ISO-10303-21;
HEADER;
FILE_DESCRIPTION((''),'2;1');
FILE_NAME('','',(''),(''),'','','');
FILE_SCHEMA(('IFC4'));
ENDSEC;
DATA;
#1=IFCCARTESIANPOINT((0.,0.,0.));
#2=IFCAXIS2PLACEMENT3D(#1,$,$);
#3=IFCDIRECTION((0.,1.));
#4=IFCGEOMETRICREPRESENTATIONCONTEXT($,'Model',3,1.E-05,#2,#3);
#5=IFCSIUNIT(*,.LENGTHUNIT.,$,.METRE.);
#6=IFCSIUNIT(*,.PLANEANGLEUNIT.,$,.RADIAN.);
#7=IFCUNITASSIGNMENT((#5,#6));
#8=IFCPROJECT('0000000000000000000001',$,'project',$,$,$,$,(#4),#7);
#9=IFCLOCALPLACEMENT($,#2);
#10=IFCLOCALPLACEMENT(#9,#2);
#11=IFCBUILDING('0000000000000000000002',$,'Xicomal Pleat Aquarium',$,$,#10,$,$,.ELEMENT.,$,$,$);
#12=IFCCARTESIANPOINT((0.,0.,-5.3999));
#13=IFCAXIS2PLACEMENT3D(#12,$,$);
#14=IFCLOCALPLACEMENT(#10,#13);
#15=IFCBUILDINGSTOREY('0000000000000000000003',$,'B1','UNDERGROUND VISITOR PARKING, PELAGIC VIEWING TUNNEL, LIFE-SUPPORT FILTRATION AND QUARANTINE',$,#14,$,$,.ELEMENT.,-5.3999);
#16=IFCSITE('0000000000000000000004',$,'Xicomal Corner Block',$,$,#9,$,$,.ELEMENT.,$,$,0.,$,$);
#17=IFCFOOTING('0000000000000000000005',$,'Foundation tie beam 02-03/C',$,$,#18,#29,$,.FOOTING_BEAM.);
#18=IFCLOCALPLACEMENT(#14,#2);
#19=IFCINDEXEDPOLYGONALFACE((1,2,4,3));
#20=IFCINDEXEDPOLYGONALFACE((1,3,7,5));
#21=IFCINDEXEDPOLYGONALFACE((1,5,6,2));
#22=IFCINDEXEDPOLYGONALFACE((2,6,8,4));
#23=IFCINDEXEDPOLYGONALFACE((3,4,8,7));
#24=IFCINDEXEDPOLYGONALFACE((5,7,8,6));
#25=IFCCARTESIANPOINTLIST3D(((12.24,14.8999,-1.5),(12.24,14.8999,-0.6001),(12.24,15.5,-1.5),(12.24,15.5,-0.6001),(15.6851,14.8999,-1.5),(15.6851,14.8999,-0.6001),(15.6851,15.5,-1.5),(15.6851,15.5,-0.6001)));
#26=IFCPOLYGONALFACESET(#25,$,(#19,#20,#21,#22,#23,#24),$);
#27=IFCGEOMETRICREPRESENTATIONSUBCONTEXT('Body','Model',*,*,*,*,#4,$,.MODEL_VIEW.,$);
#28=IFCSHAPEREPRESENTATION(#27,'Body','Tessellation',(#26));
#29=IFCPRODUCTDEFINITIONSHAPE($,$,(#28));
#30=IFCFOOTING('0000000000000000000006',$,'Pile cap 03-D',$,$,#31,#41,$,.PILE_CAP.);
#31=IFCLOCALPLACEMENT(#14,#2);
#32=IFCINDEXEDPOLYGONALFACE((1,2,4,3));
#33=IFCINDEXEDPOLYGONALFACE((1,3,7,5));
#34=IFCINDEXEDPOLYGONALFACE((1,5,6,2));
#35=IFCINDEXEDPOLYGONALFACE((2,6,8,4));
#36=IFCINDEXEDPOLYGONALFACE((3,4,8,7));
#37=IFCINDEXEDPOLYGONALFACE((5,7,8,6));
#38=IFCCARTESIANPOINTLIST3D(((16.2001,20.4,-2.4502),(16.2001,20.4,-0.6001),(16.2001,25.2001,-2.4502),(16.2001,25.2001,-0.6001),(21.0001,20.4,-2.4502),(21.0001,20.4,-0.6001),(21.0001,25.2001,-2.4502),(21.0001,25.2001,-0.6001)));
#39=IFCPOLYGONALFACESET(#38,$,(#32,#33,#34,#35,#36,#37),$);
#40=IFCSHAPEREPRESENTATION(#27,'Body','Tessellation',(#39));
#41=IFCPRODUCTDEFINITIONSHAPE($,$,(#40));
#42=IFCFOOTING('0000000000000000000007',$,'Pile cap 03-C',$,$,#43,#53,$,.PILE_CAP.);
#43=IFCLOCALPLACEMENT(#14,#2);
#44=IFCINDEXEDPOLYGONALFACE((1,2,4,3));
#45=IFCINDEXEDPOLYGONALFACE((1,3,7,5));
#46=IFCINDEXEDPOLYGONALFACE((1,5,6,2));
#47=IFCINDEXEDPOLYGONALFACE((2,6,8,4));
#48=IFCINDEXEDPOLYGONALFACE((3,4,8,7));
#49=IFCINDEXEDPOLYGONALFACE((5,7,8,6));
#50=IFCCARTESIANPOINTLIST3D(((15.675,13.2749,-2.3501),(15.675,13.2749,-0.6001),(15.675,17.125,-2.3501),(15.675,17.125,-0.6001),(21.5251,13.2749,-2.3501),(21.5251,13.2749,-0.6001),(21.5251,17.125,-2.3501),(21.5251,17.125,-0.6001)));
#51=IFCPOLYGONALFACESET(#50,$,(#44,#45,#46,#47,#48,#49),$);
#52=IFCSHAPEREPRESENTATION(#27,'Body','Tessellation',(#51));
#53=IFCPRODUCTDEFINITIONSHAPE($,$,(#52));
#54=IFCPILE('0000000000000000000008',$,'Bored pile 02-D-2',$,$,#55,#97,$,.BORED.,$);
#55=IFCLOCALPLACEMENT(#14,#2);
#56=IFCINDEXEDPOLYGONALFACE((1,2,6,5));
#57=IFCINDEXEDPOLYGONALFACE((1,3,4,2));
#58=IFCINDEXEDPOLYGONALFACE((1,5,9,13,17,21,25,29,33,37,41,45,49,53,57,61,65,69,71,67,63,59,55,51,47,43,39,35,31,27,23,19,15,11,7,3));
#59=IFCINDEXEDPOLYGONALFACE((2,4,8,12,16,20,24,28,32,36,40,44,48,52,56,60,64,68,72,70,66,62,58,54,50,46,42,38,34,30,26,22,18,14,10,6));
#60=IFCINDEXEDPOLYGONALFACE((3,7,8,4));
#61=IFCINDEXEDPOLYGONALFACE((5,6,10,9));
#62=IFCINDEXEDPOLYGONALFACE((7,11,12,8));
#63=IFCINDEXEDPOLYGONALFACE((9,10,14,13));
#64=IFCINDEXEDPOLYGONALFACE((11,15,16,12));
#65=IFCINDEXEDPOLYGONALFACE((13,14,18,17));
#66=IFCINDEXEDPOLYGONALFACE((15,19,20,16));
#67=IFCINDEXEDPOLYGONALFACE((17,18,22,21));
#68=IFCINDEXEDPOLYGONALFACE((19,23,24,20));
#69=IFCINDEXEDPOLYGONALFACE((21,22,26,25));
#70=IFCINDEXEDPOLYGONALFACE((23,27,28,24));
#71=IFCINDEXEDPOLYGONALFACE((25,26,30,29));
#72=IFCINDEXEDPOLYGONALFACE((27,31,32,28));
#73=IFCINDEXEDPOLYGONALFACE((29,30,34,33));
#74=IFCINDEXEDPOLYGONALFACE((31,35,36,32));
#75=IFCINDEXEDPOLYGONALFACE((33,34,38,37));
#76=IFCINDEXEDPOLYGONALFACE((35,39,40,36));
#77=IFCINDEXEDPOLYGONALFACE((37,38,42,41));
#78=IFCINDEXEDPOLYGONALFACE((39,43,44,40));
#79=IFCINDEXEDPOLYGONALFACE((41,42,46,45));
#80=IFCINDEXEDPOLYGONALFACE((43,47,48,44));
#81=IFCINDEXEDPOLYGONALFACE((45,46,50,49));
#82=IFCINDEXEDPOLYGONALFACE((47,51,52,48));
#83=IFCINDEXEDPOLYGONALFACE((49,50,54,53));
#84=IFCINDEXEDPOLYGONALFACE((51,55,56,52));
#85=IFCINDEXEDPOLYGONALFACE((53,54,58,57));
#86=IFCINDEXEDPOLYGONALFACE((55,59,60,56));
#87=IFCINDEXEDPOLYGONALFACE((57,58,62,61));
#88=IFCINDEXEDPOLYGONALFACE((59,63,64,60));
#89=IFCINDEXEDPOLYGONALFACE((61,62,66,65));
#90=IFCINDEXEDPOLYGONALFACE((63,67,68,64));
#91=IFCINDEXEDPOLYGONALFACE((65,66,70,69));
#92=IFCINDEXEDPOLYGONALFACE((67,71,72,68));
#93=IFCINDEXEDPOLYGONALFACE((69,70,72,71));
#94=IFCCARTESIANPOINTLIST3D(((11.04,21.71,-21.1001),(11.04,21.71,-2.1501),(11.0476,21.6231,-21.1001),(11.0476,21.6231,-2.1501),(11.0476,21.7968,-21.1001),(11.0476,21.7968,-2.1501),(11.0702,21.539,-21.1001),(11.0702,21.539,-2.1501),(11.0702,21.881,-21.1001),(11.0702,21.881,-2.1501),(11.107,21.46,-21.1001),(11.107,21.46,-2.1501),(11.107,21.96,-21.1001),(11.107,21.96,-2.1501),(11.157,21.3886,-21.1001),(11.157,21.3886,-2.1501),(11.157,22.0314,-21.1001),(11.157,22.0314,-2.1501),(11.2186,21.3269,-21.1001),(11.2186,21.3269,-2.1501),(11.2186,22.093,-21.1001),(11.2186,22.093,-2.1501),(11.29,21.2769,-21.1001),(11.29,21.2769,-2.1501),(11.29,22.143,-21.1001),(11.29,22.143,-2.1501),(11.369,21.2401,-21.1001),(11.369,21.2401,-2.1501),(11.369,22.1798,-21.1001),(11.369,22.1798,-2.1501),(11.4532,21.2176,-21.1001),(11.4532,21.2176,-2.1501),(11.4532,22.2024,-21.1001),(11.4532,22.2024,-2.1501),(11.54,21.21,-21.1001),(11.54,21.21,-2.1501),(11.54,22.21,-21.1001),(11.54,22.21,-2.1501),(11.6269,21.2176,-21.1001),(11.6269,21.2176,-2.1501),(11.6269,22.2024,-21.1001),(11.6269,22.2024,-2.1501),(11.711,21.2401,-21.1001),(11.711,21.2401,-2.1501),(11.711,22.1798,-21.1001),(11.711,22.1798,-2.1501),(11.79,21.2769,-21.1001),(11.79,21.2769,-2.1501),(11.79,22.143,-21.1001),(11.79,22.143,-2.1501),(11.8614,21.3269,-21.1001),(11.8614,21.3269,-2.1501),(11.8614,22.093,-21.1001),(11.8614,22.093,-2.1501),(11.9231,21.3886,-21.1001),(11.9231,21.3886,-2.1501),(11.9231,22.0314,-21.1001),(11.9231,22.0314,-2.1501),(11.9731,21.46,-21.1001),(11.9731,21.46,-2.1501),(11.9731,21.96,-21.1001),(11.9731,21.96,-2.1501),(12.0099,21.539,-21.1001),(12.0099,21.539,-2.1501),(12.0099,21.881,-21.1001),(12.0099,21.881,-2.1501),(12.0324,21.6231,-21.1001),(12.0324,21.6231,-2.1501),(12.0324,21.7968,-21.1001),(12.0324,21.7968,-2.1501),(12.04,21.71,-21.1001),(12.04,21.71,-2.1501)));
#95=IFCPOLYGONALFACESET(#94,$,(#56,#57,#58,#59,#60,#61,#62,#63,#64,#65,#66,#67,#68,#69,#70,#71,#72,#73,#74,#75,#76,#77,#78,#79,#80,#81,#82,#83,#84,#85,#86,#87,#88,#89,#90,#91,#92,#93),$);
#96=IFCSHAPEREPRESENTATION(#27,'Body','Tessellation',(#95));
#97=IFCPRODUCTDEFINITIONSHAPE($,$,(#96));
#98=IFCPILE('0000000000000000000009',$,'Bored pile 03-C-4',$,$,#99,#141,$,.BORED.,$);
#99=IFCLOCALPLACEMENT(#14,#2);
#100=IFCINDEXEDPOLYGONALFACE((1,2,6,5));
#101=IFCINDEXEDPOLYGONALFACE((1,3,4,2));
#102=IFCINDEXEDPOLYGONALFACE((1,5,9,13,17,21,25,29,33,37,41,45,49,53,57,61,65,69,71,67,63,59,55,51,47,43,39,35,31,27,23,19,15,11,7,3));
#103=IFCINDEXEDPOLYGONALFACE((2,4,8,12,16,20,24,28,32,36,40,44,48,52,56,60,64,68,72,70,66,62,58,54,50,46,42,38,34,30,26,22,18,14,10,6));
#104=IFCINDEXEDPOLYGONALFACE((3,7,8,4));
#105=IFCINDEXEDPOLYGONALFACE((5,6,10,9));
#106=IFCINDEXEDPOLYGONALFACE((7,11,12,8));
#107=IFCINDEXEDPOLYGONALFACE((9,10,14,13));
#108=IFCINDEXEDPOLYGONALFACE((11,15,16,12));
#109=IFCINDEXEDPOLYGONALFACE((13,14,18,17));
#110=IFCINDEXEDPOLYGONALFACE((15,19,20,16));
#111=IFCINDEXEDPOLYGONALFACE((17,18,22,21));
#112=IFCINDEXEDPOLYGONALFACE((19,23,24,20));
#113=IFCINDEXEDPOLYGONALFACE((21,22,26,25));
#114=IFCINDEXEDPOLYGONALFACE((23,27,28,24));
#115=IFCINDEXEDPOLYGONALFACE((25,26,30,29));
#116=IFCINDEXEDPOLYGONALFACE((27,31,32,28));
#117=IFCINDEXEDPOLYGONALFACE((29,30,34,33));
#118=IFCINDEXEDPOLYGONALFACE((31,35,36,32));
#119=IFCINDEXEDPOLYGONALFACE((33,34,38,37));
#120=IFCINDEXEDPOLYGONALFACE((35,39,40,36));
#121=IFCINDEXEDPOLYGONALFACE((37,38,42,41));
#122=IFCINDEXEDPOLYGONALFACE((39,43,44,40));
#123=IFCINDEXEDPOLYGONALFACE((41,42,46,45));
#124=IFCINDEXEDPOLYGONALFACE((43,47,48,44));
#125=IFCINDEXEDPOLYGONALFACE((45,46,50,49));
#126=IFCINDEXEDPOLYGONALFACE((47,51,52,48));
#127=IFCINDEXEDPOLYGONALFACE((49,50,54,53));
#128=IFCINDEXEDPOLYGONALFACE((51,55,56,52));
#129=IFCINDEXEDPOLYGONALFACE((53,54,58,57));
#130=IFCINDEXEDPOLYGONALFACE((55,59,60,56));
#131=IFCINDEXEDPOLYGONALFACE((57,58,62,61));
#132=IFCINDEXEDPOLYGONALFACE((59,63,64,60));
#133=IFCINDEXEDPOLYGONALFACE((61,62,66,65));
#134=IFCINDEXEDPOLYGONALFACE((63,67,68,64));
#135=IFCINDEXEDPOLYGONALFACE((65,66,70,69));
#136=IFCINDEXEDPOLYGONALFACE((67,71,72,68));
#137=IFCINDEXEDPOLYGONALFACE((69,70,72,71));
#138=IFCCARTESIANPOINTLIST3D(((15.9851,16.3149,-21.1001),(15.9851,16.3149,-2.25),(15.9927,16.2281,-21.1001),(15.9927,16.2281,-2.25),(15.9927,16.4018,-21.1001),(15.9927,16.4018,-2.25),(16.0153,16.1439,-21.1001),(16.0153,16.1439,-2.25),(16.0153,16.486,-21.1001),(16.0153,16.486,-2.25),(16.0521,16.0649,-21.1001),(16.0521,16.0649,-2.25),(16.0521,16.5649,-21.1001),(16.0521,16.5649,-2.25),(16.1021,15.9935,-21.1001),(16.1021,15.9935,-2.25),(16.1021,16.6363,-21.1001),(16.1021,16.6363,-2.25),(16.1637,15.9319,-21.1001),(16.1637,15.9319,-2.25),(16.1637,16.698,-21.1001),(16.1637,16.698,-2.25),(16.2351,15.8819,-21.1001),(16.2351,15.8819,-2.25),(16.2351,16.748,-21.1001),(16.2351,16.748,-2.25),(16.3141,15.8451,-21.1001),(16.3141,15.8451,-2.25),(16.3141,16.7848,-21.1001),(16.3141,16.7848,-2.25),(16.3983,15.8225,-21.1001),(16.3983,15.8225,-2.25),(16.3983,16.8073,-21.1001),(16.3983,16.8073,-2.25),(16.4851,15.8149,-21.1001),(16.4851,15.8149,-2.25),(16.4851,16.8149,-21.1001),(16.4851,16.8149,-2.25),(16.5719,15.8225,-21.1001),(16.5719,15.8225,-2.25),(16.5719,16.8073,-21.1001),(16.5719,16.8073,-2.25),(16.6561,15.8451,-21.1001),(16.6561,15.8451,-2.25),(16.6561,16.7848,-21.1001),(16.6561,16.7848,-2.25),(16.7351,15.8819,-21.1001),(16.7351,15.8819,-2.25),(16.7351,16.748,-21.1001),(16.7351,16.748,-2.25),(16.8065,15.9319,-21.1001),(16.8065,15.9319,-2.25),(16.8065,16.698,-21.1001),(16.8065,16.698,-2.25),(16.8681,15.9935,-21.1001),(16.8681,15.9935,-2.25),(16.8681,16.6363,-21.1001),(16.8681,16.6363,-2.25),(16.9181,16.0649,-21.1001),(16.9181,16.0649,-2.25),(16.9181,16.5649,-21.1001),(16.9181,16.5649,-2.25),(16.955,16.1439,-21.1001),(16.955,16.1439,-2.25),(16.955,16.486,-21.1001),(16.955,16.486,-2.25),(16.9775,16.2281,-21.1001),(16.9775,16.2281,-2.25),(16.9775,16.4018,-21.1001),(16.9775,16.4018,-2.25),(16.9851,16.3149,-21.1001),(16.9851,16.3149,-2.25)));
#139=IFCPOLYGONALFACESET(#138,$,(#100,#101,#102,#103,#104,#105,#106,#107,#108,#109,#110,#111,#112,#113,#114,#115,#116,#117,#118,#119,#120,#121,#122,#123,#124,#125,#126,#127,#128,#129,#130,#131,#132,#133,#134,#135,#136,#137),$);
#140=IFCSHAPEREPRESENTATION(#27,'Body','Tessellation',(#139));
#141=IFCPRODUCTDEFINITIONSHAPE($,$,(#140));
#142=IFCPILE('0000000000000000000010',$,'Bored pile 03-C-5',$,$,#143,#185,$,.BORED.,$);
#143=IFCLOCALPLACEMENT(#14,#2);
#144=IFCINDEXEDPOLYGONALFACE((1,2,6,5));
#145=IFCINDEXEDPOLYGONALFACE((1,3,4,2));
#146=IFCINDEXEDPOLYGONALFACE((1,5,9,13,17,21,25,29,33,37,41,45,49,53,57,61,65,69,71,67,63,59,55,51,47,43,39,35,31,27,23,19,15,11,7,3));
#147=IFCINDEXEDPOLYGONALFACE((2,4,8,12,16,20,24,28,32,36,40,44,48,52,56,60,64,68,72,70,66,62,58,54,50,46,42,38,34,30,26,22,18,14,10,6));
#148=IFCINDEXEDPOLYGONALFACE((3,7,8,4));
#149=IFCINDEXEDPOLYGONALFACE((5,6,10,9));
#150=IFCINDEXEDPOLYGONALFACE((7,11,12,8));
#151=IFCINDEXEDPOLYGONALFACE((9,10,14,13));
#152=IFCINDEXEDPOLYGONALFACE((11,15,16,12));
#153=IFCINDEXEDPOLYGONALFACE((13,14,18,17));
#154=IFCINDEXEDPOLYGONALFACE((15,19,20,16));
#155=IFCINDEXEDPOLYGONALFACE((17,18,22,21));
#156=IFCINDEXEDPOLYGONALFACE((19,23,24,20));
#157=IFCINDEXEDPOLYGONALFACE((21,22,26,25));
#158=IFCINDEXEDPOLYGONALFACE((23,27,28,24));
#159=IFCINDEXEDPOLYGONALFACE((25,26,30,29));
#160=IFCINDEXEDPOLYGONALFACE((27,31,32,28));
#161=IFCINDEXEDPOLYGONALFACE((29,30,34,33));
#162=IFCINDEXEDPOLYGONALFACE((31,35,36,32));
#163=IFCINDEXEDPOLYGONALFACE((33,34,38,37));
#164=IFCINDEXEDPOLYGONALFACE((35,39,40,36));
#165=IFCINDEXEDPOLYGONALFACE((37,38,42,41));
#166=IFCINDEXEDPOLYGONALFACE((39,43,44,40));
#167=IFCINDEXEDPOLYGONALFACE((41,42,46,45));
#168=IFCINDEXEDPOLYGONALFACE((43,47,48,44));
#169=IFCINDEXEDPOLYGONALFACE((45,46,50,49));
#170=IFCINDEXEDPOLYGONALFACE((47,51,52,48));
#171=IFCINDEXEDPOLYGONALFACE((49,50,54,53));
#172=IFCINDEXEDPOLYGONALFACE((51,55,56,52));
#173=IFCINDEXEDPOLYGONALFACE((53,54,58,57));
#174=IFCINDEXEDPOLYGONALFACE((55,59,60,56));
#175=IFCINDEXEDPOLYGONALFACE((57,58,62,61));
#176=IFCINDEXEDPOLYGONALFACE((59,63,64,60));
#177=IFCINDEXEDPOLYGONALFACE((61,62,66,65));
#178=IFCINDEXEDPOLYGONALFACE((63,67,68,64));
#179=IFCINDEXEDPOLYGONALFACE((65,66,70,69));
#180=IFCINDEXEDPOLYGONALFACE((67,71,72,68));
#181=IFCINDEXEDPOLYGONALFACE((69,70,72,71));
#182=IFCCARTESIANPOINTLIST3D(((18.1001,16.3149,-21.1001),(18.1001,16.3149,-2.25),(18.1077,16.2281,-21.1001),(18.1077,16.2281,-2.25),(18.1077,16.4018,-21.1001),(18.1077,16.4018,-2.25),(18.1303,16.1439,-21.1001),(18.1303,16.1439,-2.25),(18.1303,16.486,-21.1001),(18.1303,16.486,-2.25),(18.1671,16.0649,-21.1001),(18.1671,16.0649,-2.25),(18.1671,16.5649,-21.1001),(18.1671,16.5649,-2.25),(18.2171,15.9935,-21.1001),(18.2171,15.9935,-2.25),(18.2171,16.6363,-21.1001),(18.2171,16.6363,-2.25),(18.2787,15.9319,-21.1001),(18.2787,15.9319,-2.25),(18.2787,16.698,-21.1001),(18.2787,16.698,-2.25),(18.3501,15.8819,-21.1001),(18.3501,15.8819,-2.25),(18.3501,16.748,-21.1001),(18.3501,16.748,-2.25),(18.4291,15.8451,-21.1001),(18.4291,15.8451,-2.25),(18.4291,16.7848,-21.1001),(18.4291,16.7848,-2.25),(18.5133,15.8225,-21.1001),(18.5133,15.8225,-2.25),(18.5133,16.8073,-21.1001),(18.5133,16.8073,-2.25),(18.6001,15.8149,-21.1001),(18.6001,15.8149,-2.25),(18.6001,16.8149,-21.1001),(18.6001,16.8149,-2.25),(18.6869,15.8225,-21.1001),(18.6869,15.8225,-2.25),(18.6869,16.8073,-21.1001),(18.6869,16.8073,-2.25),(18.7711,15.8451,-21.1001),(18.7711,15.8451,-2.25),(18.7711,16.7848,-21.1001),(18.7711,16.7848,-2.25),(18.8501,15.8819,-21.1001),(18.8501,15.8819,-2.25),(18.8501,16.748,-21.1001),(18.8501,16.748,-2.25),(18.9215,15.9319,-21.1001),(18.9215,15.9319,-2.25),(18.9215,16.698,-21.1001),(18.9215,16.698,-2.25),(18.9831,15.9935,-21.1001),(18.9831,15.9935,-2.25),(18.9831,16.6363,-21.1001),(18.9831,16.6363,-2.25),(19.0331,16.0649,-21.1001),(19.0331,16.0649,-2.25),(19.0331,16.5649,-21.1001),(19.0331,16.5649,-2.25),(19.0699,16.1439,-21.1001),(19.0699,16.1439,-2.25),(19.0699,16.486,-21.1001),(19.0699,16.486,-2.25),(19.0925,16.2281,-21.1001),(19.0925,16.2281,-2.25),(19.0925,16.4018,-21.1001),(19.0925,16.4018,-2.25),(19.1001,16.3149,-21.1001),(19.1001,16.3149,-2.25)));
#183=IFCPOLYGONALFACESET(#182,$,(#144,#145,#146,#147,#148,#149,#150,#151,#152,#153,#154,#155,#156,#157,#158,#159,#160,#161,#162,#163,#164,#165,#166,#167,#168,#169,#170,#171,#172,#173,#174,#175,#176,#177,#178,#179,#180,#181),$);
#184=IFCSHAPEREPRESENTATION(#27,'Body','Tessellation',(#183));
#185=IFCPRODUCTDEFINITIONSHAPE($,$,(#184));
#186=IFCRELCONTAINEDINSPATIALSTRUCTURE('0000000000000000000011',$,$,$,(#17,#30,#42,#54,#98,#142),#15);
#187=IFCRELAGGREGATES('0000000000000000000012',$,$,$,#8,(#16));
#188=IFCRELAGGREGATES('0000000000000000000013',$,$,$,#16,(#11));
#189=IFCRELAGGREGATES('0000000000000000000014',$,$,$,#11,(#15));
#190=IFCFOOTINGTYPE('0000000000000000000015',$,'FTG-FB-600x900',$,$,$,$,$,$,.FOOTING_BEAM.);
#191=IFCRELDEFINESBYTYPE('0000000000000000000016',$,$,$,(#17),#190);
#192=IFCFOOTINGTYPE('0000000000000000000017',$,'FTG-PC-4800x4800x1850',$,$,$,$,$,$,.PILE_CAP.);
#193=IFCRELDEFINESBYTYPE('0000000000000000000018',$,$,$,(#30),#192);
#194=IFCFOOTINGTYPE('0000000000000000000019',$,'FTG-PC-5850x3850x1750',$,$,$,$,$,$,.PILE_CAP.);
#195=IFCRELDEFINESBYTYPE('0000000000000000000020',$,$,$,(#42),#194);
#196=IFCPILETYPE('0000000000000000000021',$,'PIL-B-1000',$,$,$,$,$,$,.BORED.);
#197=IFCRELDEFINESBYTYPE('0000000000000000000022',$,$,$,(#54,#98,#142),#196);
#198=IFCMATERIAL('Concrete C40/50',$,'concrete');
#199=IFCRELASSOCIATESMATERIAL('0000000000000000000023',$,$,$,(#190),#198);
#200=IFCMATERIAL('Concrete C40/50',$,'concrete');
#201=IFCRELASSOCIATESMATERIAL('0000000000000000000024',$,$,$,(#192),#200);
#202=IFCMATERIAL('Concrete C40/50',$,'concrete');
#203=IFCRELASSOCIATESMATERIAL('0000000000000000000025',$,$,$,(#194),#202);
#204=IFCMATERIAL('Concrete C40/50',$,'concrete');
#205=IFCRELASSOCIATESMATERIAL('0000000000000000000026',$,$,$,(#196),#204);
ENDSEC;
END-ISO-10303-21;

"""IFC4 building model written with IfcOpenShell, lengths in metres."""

from ifc_helpers import new_model, si_unit, direction, frame, origin, origin_2d, place, context, subcontext, project, spatial, rectangle, circle, extrude, material, material_profile, profile_set, type_object, element, save


model = new_model("IFC4")

# Units and contexts
model_context = context("Model", 3, precision=1e-05, world=origin(), true_north=direction((0.0, 1.0)))
body_context = subcontext(model_context, "Body", "Model", "MODEL_VIEW")
ifc_project = project(units=[si_unit("LENGTHUNIT", "METRE"), si_unit("PLANEANGLEUNIT", "RADIAN")], contexts=[model_context])

# Site, building, storey
site_placement = place(None, origin())
site = spatial("IfcSite", under=ifc_project, at=site_placement, Name="Xicomal Corner Block", CompositionType="ELEMENT", RefElevation=0.0)
building_placement = place(site_placement, origin())
building = spatial("IfcBuilding", under=site, at=building_placement, Name="Xicomal Pleat Aquarium", CompositionType="ELEMENT")
storey_placement = place(building_placement, frame((0.0, 0.0, -5.3999)))
storey = spatial("IfcBuildingStorey", under=building, at=storey_placement, Name="B1", Description="UNDERGROUND VISITOR PARKING, PELAGIC VIEWING TUNNEL, LIFE-SUPPORT FILTRATION AND QUARANTINE", CompositionType="ELEMENT", Elevation=-5.3999)

# Footings
ifc_material_1 = material(Name="Concrete C40/50", Category="concrete")
ifc_material_profile_1 = material_profile(ifc_material_1, rectangle(XDim=0.6001, YDim=0.8999, at=origin_2d()), Name="FB-02 600x900")
ifc_profile_set_1 = profile_set([ifc_material_profile_1], Name="Concrete C40/50")
footing_type_1 = type_object("IfcFootingType", Name="FTG-FB-600x900", PredefinedType="FOOTING_BEAM", material=ifc_profile_set_1)
footing_1_placement = place(storey_placement, frame((12.24, 15.2, -1.05), z_axis=(1.0, 0.0, 0.0), x_axis=(0.0, 1.0, 0.0)))
element("IfcFooting", 1, at=footing_1_placement, inside=storey, type_object=footing_type_1, Name="Foundation tie beam 02-03/C", PredefinedType="FOOTING_BEAM", context=body_context, shape_type="SweptSolid", body=[
    extrude(rectangle(XDim=0.6001, YDim=0.8999, at=origin_2d()), origin(), (0.0, 0.0, 1.0), 3.4451),
])
ifc_material_2 = material(Name="Concrete C40/50", Category="concrete")
footing_type_2 = type_object("IfcFootingType", Name="FTG-PC-4800x4800x1850", PredefinedType="PILE_CAP", material=ifc_material_2)
footing_2_placement = place(storey_placement, frame((18.6001, 22.8, -2.4502), z_axis=(0.0, 0.0, 1.0), x_axis=(1.0, 0.0, 0.0)))
element("IfcFooting", 2, at=footing_2_placement, inside=storey, type_object=footing_type_2, Name="Pile cap 03-D", PredefinedType="PILE_CAP", context=body_context, shape_type="SweptSolid", body=[
    extrude(rectangle(XDim=4.8, YDim=4.8, at=origin_2d()), origin(), (0.0, 0.0, 1.0), 1.8501),
])
ifc_material_3 = material(Name="Concrete C40/50", Category="concrete")
footing_type_3 = type_object("IfcFootingType", Name="FTG-PC-5850x3850x1750", PredefinedType="PILE_CAP", material=ifc_material_3)
footing_3_placement = place(storey_placement, frame((18.6001, 15.2, -2.3501), z_axis=(0.0, 0.0, 1.0), x_axis=(1.0, 0.0, 0.0)))
element("IfcFooting", 3, at=footing_3_placement, inside=storey, type_object=footing_type_3, Name="Pile cap 03-C", PredefinedType="PILE_CAP", context=body_context, shape_type="SweptSolid", body=[
    extrude(rectangle(XDim=5.8501, YDim=3.8501, at=origin_2d()), origin(), (0.0, 0.0, 1.0), 1.75),
])

# Piles
ifc_material_4 = material(Name="Concrete C40/50", Category="concrete")
ifc_material_profile_2 = material_profile(ifc_material_4, circle(Radius=0.5, at=origin_2d()), Name="BORED PILE D1000")
ifc_profile_set_2 = profile_set([ifc_material_profile_2], Name="Concrete C40/50")
pile_type_1 = type_object("IfcPileType", Name="PIL-B-1000", PredefinedType="BORED", material=ifc_profile_set_2)
pile_placement = place(storey_placement, frame((11.54, 21.71, -2.1501), z_axis=(0.0, 0.0, -1.0), x_axis=(1.0, 0.0, 0.0)))
element("IfcPile", 4, at=pile_placement, inside=storey, type_object=pile_type_1, Name="Bored pile 02-D-2", PredefinedType="BORED", context=body_context, shape_type="SweptSolid", body=[
    extrude(circle(Radius=0.5, at=origin_2d()), origin(), (0.0, 0.0, 1.0), 18.95),
])
for number, where, z_axis, x_axis, name in (
    (5, (16.4851, 16.3149, -2.25), (0.0, 0.0, -1.0), (1.0, 0.0, 0.0), "Bored pile 03-C-4"),
    (6, (18.6001, 16.3149, -2.25), (0.0, 0.0, -1.0), (1.0, 0.0, 0.0), "Bored pile 03-C-5"),
):
    element("IfcPile", number, at=place(storey_placement, frame(where, z_axis=z_axis, x_axis=x_axis)), inside=storey, type_object=pile_type_1, Name=name, PredefinedType="BORED", context=body_context, shape_type="SweptSolid", body=[
        extrude(circle(Radius=0.5, at=origin_2d()), origin(), (0.0, 0.0, 1.0), 18.8501),
    ])

save(model, "model.ifc")
